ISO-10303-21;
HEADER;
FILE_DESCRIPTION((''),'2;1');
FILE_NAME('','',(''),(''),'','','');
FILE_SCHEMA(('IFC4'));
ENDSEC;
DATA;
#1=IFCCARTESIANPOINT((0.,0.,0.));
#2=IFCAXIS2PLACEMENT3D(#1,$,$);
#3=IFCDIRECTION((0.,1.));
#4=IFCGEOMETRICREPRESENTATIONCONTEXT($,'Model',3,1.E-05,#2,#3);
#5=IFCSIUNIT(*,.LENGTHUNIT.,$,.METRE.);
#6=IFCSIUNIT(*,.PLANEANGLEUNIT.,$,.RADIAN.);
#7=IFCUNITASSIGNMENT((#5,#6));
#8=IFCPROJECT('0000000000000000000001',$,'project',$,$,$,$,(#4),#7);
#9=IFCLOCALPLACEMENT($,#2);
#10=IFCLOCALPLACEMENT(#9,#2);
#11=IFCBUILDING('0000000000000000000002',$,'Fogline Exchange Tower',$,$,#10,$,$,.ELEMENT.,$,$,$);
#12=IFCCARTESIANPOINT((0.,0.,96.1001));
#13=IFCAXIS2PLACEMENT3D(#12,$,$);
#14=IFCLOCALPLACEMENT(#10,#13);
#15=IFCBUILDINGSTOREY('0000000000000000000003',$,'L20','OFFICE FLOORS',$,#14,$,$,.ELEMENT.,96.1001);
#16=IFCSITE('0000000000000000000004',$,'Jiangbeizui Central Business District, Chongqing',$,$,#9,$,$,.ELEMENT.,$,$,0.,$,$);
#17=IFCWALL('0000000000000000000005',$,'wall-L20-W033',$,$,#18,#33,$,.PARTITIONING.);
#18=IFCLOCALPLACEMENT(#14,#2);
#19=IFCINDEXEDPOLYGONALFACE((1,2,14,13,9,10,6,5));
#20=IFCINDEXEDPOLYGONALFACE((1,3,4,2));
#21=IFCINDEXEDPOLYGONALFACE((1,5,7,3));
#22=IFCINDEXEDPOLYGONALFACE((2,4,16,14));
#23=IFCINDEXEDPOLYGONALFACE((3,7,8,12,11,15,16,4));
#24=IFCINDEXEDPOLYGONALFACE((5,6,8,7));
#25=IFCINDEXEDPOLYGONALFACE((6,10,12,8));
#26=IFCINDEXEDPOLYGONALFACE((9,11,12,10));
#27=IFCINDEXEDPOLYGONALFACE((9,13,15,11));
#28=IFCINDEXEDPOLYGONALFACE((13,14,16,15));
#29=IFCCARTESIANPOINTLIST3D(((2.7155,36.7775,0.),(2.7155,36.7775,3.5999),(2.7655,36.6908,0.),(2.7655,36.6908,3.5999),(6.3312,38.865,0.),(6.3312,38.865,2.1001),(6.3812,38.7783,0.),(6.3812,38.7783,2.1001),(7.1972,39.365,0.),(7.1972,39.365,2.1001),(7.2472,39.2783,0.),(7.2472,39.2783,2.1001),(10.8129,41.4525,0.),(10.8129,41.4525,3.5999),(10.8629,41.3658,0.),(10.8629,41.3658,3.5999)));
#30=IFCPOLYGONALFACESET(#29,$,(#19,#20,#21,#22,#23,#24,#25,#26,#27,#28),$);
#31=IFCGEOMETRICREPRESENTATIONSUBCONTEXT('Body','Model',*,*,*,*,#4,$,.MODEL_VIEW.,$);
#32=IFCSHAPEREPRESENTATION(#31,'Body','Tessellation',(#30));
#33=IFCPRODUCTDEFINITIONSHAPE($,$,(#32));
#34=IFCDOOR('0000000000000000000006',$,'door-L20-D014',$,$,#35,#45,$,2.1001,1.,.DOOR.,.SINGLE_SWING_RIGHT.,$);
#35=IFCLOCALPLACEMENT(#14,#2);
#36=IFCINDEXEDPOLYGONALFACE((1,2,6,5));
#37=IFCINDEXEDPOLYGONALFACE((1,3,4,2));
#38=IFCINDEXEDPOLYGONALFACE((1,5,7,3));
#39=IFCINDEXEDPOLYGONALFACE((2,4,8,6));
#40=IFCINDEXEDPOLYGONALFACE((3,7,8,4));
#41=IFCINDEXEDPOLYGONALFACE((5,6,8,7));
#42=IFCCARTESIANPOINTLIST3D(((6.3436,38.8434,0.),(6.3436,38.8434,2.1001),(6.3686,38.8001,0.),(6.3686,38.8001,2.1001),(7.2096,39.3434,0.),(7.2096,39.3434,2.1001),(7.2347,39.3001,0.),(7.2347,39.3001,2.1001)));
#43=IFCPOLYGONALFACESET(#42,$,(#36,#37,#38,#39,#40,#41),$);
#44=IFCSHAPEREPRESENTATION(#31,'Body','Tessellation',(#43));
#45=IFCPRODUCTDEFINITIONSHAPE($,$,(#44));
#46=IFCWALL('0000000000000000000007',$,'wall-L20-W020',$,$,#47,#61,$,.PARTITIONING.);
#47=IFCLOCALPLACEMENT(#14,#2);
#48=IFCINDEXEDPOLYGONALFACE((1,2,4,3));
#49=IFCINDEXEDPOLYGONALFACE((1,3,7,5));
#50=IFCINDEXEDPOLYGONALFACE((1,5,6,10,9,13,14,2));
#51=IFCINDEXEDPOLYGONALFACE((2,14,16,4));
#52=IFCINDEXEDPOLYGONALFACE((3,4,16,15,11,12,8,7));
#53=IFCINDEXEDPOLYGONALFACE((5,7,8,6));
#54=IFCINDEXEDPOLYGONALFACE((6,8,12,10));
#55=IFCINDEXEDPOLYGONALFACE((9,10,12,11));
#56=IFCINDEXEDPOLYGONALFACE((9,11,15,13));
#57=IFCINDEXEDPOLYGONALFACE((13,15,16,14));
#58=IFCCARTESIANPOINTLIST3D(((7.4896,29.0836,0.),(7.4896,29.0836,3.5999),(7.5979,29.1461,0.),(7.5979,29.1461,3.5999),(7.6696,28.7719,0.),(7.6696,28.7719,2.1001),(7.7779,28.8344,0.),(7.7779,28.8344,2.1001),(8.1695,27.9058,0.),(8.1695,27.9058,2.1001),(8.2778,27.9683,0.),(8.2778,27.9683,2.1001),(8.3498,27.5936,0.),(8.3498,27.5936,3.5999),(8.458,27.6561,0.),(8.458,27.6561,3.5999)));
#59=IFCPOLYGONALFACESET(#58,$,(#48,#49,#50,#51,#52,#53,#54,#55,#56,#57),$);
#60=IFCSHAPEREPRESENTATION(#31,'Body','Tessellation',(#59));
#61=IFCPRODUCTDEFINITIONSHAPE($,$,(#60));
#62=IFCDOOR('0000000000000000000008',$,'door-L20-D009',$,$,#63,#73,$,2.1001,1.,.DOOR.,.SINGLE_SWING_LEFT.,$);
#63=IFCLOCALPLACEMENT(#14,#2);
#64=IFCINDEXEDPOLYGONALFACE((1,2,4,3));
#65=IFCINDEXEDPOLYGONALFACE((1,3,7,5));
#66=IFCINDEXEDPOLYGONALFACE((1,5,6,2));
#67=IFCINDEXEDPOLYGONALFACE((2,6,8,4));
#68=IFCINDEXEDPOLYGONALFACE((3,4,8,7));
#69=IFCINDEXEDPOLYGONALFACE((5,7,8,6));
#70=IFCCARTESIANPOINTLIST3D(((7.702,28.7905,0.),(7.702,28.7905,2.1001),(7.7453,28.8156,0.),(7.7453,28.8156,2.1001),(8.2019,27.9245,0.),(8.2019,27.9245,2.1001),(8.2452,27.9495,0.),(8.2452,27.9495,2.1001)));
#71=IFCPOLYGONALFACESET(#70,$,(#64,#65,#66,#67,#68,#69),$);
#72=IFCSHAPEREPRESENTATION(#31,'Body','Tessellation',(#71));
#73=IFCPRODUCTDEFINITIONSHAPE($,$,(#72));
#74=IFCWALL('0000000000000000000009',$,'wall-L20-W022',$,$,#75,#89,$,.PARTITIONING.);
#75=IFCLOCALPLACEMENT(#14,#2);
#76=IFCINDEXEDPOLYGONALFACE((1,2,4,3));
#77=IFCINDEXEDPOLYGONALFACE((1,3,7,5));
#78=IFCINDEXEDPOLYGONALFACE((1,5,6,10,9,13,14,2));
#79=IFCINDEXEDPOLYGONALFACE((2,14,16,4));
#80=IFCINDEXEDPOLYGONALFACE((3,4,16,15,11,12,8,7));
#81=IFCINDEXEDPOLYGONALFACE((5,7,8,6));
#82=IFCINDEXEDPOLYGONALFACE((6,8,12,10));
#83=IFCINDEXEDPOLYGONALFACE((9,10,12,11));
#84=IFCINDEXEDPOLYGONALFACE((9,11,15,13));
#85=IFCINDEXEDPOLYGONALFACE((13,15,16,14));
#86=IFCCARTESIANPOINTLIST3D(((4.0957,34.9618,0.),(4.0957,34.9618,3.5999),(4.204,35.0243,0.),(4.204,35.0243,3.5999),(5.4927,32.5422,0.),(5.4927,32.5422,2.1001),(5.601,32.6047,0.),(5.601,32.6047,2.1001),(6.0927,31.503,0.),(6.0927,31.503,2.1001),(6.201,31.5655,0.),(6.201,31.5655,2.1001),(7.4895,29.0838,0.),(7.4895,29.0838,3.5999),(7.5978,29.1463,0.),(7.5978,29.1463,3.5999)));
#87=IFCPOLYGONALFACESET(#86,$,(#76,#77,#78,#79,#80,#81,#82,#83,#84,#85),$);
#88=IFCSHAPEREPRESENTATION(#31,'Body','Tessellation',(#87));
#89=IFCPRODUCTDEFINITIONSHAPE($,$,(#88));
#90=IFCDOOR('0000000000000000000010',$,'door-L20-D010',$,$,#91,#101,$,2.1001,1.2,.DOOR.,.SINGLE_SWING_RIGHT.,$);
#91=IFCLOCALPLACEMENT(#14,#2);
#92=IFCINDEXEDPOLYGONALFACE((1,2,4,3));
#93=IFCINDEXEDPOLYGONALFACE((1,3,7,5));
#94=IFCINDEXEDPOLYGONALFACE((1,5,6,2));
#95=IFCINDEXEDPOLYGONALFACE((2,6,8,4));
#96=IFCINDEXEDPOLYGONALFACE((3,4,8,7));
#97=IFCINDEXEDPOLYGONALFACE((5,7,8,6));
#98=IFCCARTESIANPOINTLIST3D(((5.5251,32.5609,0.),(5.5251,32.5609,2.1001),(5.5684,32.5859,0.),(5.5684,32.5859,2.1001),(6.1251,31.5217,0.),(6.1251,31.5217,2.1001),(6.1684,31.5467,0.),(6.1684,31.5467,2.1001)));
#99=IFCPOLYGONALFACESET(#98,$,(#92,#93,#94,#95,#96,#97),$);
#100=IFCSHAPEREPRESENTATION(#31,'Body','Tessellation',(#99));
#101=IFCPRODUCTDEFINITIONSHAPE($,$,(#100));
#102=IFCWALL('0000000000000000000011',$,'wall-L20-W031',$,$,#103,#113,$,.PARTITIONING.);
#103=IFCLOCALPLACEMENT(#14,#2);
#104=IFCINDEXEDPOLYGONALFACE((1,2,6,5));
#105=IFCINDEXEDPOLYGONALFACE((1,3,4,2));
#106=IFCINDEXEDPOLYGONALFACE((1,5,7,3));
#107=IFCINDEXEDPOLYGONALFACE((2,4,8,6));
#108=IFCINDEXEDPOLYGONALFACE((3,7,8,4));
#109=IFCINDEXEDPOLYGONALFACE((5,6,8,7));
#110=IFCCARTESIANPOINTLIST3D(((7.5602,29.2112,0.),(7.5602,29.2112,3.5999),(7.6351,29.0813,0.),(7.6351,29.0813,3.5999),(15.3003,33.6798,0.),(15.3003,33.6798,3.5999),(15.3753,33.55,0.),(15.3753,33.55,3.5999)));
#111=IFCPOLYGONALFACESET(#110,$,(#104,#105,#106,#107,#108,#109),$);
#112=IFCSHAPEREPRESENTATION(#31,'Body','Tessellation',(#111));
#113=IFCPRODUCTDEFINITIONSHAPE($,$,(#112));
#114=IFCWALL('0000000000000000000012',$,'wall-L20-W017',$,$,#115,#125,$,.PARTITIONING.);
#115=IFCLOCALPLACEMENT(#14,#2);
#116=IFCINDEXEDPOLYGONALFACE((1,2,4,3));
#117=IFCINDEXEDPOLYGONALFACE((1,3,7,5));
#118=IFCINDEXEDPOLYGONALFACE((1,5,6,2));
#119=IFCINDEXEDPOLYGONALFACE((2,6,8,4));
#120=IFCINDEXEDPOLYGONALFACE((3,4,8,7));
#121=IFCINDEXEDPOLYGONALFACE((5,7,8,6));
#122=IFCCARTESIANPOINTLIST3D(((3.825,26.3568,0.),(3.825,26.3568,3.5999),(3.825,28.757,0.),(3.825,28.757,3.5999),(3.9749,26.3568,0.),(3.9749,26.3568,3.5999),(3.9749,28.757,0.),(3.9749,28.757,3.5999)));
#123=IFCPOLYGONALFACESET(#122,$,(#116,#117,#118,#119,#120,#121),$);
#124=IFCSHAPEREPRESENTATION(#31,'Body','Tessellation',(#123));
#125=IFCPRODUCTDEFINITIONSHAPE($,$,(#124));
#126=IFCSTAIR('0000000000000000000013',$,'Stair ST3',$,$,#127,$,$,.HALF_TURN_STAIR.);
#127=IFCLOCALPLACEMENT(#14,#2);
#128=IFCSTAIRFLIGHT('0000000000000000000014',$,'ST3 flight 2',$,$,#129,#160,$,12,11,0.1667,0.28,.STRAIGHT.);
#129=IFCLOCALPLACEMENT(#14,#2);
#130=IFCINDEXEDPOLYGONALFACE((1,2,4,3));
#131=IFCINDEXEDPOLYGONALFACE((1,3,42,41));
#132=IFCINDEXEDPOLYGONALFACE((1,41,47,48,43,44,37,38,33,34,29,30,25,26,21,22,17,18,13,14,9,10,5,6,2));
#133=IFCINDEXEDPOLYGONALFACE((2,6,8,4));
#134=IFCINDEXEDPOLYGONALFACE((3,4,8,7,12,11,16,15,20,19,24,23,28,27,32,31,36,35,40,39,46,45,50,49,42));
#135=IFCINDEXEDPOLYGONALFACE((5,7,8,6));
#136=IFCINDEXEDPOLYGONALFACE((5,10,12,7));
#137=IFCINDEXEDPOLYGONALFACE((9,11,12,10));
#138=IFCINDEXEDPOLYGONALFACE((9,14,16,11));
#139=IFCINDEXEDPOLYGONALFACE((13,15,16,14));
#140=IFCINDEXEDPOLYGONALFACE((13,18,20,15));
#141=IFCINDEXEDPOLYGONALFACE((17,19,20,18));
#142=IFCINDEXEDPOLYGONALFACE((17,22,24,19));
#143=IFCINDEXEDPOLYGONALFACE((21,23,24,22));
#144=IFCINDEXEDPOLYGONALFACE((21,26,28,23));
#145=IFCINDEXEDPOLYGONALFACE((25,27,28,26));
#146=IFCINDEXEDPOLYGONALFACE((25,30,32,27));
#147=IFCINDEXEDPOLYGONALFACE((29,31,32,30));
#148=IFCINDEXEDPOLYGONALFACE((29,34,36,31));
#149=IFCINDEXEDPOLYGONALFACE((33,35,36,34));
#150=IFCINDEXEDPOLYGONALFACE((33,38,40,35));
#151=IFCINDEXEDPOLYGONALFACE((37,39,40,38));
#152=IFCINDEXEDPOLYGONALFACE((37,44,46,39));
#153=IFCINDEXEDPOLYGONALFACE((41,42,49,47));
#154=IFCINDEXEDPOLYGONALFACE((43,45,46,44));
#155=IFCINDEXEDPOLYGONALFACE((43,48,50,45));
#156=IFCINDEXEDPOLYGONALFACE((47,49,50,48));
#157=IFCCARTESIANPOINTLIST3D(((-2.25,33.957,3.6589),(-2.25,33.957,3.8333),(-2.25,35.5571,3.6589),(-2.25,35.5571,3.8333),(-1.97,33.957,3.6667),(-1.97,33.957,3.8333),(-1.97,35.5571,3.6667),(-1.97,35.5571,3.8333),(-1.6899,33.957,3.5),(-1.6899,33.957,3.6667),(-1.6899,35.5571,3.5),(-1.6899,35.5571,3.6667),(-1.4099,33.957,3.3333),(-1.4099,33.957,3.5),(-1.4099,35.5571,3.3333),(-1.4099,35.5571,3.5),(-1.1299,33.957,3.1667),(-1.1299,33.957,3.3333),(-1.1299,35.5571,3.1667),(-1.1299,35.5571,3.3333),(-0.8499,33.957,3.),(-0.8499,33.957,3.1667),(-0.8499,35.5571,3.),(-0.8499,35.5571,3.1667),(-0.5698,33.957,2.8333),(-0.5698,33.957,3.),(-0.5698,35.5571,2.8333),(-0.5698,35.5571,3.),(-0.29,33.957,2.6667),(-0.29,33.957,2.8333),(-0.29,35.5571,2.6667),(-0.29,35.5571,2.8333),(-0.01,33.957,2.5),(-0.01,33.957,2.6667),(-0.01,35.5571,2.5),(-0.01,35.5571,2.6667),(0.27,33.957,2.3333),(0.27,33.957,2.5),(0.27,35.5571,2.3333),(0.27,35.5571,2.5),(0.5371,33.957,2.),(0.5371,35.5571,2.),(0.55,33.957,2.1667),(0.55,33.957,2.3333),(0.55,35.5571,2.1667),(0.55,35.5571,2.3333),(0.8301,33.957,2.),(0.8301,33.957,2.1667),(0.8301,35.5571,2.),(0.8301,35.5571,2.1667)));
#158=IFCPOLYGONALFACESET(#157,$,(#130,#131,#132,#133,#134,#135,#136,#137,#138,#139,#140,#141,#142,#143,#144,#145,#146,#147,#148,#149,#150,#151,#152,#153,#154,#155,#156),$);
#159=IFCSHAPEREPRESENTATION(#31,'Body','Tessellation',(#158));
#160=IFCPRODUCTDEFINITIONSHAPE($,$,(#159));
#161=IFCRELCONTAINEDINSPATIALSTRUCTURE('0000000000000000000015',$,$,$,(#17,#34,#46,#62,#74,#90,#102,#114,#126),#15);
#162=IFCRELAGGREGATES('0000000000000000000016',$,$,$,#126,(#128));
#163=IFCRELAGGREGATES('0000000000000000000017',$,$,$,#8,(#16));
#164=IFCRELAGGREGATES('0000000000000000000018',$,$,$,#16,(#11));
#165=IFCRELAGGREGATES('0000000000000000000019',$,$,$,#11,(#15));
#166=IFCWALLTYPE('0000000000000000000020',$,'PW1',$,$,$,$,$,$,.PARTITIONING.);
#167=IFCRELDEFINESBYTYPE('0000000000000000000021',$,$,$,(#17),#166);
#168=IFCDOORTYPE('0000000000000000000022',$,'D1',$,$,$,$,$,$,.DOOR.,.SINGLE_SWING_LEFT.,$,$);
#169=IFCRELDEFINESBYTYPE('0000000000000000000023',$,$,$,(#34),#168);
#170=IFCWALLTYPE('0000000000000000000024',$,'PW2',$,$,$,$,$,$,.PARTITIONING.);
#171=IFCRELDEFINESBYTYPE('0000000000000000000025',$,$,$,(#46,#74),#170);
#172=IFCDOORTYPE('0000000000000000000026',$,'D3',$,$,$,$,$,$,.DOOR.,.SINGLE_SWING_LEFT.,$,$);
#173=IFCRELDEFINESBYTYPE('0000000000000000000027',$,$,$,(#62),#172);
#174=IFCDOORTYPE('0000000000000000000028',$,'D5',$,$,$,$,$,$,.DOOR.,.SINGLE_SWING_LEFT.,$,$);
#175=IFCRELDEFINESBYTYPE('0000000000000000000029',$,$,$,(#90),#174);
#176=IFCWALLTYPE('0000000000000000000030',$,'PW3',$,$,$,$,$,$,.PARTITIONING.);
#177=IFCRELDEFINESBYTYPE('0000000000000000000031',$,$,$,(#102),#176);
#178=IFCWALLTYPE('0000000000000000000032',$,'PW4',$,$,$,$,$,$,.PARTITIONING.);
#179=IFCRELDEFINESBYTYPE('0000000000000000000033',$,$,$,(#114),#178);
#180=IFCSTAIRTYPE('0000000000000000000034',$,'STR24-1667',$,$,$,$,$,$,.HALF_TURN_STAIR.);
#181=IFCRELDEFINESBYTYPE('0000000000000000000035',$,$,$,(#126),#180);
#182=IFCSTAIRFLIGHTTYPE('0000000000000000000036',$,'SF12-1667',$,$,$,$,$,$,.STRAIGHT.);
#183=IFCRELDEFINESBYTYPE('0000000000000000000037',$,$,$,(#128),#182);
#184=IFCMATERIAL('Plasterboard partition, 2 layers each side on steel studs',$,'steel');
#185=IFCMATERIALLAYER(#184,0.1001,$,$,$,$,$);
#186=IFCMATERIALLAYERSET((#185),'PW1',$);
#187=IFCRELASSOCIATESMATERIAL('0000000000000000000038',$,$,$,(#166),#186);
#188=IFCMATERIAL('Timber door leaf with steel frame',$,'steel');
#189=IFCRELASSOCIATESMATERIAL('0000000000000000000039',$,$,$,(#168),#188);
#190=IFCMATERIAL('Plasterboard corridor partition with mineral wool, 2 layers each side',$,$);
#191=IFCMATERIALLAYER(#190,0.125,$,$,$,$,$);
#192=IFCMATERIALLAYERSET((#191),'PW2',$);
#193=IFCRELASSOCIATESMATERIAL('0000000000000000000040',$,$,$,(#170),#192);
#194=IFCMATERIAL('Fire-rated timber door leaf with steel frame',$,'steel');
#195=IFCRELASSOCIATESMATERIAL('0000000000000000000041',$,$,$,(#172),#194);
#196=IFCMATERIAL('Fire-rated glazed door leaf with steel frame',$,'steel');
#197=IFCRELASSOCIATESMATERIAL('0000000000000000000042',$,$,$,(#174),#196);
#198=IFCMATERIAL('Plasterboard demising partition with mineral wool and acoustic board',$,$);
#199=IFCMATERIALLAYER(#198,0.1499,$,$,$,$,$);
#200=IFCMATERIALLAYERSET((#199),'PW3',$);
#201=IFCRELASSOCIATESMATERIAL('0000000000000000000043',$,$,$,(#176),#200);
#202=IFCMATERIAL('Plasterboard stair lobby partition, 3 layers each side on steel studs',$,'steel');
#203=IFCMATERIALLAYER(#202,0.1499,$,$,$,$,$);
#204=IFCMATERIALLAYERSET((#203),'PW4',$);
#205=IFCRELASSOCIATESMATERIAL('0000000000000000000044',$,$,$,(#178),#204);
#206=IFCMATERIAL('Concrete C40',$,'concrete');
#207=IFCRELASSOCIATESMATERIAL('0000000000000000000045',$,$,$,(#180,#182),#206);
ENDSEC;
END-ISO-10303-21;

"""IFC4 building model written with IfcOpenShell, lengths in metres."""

from ifc_helpers import new_model, si_unit, direction, frame, frame_2d, origin, place, context, subcontext, project, spatial, polyline, rectangle, outline, extrude, material, layer, layer_set, type_object, element, fill, aggregate, save


model = new_model("IFC4")

# Units and contexts
model_context = context("Model", 3, precision=1e-05, world=origin(), true_north=direction((0.0, 1.0)))
body_context = subcontext(model_context, "Body", "Model", "MODEL_VIEW")
ifc_project = project(units=[si_unit("LENGTHUNIT", "METRE"), si_unit("PLANEANGLEUNIT", "RADIAN")], contexts=[model_context])

# Site, building, storey
site_placement = place(None, origin())
site = spatial("IfcSite", under=ifc_project, at=site_placement, Name="Jiangbeizui Central Business District, Chongqing", CompositionType="ELEMENT", RefElevation=0.0)
building_placement = place(site_placement, origin())
building = spatial("IfcBuilding", under=site, at=building_placement, Name="Fogline Exchange Tower", CompositionType="ELEMENT")
storey_placement = place(building_placement, frame((0.0, 0.0, 96.1001)))
storey = spatial("IfcBuildingStorey", under=building, at=storey_placement, Name="L20", Description="OFFICE FLOORS", CompositionType="ELEMENT", Elevation=96.1001)

# Shared definitions
ifc_material_1 = material(Name="Concrete C40", Category="concrete")

# Shared definitions
ifc_material_2 = material(Name="Plasterboard partition, 2 layers each side on steel studs", Category="steel")
ifc_layer_1 = layer(ifc_material_2, 0.1001)
ifc_layer_set_1 = layer_set([ifc_layer_1], Name="PW1")
wall_type_1 = type_object("IfcWallType", Name="PW1", PredefinedType="PARTITIONING", material=ifc_layer_set_1)

# Walls, openings, doors
wall_1_placement = place(storey_placement, frame((2.7405, 36.7341, 0.0), z_axis=(0.0, 0.0, 1.0), x_axis=(0.866025, 0.5, 0.0)))
wall_1 = element("IfcWall", 1, at=wall_1_placement, inside=storey, type_object=wall_type_1, Name="wall-L20-W033", PredefinedType="PARTITIONING", context=body_context, shape_type="SweptSolid", body=[
    extrude(rectangle(XDim=9.3501, YDim=0.1001, at=frame_2d((4.675, 0.0))), origin(), (0.0, 0.0, 1.0), 3.5999),
])
opening_1_placement = place(wall_1_placement, frame((4.175, 0.0, 0.0)))
opening_1 = element("IfcOpeningElement", 2, at=opening_1_placement, cuts=wall_1, PredefinedType="OPENING", context=body_context, shape_type="SweptSolid", body=[
    extrude(rectangle(XDim=1.0, YDim=2.1001, at=frame_2d((0.5, 1.05))), frame((0.0, 0.0601, 0.0), z_axis=(0.0, -1.0, 0.0), x_axis=(1.0, 0.0, 0.0)), (0.0, 0.0, 1.0), 0.1201),
])
ifc_material_3 = material(Name="Timber door leaf with steel frame", Category="steel")
door_type_1 = type_object("IfcDoorType", Name="D1", OperationType="SINGLE_SWING_LEFT", PredefinedType="DOOR", material=ifc_material_3)
door_1_placement = place(opening_1_placement, frame((1.0, 0.0, 0.0), z_axis=(0.0, 0.0, 1.0), x_axis=(-1.0, 0.0, 0.0)))
door_1 = element("IfcDoor", 3, at=door_1_placement, inside=storey, type_object=door_type_1, Name="door-L20-D014", OperationType="SINGLE_SWING_RIGHT", OverallHeight=2.1001, OverallWidth=1.0, PredefinedType="DOOR", context=body_context, shape_type="SweptSolid", body=[
    extrude(rectangle(XDim=1.0, YDim=2.1001, at=frame_2d((0.5, 1.05))), frame((0.0, 0.0249, 0.0), z_axis=(0.0, -1.0, 0.0), x_axis=(1.0, 0.0, 0.0)), (0.0, 0.0, 1.0), 0.05),
])
fill(opening_1, door_1)
ifc_material_4 = material(Name="Plasterboard corridor partition with mineral wool, 2 layers each side")
ifc_layer_2 = layer(ifc_material_4, 0.125)
ifc_layer_set_2 = layer_set([ifc_layer_2], Name="PW2")
wall_type_2 = type_object("IfcWallType", Name="PW2", PredefinedType="PARTITIONING", material=ifc_layer_set_2)
wall_2_placement = place(storey_placement, frame((7.5437, 29.115, 0.0), z_axis=(0.0, 0.0, 1.0), x_axis=(0.499939, -0.86606, 0.0)))
wall_2 = element("IfcWall", 4, at=wall_2_placement, inside=storey, type_object=wall_type_2, Name="wall-L20-W020", PredefinedType="PARTITIONING", context=body_context, shape_type="SweptSolid", body=[
    extrude(rectangle(XDim=1.7205, YDim=0.125, at=frame_2d((0.8604, 0.0))), origin(), (0.0, 0.0, 1.0), 3.5999),
])
opening_2_placement = place(wall_2_placement, frame((0.3601, 0.0, 0.0)))
opening_2 = element("IfcOpeningElement", 5, at=opening_2_placement, cuts=wall_2, PredefinedType="OPENING", context=body_context, shape_type="SweptSolid", body=[
    extrude(rectangle(XDim=1.0, YDim=2.1001, at=frame_2d((0.5, 1.05))), frame((0.0, 0.0725, 0.0), z_axis=(0.0, -1.0, 0.0), x_axis=(1.0, 0.0, 0.0)), (0.0, 0.0, 1.0), 0.145),
])
ifc_material_5 = material(Name="Fire-rated timber door leaf with steel frame", Category="steel")
door_type_2 = type_object("IfcDoorType", Name="D3", OperationType="SINGLE_SWING_LEFT", PredefinedType="DOOR", material=ifc_material_5)
door_2_placement = place(opening_2_placement, origin())
door_2 = element("IfcDoor", 6, at=door_2_placement, inside=storey, type_object=door_type_2, Name="door-L20-D009", OperationType="SINGLE_SWING_LEFT", OverallHeight=2.1001, OverallWidth=1.0, PredefinedType="DOOR", context=body_context, shape_type="SweptSolid", body=[
    extrude(rectangle(XDim=1.0, YDim=2.1001, at=frame_2d((0.5, 1.05))), frame((0.0, 0.0249, 0.0), z_axis=(0.0, -1.0, 0.0), x_axis=(1.0, 0.0, 0.0)), (0.0, 0.0, 1.0), 0.05),
])
fill(opening_2, door_2)
wall_3_placement = place(storey_placement, frame((4.1499, 34.9929, 0.0), z_axis=(0.0, 0.0, 1.0), x_axis=(0.500019, -0.866014, 0.0)))
wall_3 = element("IfcWall", 7, at=wall_3_placement, inside=storey, type_object=wall_type_2, Name="wall-L20-W022", PredefinedType="PARTITIONING", context=body_context, shape_type="SweptSolid", body=[
    extrude(rectangle(XDim=6.7874, YDim=0.125, at=frame_2d((3.3936, 0.0))), origin(), (0.0, 0.0, 1.0), 3.5999),
])
opening_3_placement = place(wall_3_placement, frame((2.7937, 0.0, 0.0)))
opening_3 = element("IfcOpeningElement", 8, at=opening_3_placement, cuts=wall_3, PredefinedType="OPENING", context=body_context, shape_type="SweptSolid", body=[
    extrude(rectangle(XDim=1.2, YDim=2.1001, at=frame_2d((0.6001, 1.05))), frame((0.0, 0.0725, 0.0), z_axis=(0.0, -1.0, 0.0), x_axis=(1.0, 0.0, 0.0)), (0.0, 0.0, 1.0), 0.145),
])
ifc_material_6 = material(Name="Fire-rated glazed door leaf with steel frame", Category="steel")
door_type_3 = type_object("IfcDoorType", Name="D5", OperationType="SINGLE_SWING_LEFT", PredefinedType="DOOR", material=ifc_material_6)
door_3_placement = place(opening_3_placement, origin())
door_3 = element("IfcDoor", 9, at=door_3_placement, inside=storey, type_object=door_type_3, Name="door-L20-D010", OperationType="SINGLE_SWING_RIGHT", OverallHeight=2.1001, OverallWidth=1.2, PredefinedType="DOOR", context=body_context, shape_type="SweptSolid", body=[
    extrude(rectangle(XDim=1.2, YDim=2.1001, at=frame_2d((0.6001, 1.05))), frame((0.0, 0.0249, 0.0), z_axis=(0.0, -1.0, 0.0), x_axis=(1.0, 0.0, 0.0)), (0.0, 0.0, 1.0), 0.05),
])
fill(opening_3, door_3)

# Walls
ifc_material_7 = material(Name="Plasterboard demising partition with mineral wool and acoustic board")
ifc_layer_3 = layer(ifc_material_7, 0.1499)
ifc_layer_set_3 = layer_set([ifc_layer_3], Name="PW3")
wall_type_3 = type_object("IfcWallType", Name="PW3", PredefinedType="PARTITIONING", material=ifc_layer_set_3)
wall_4_placement = place(storey_placement, frame((7.5977, 29.1462, 0.0), z_axis=(0.0, 0.0, 1.0), x_axis=(0.866029, 0.499994, 0.0)))
element("IfcWall", 10, at=wall_4_placement, inside=storey, type_object=wall_type_3, Name="wall-L20-W031", PredefinedType="PARTITIONING", context=body_context, shape_type="SweptSolid", body=[
    extrude(rectangle(XDim=8.9375, YDim=0.1499, at=frame_2d((4.4688, 0.0))), origin(), (0.0, 0.0, 1.0), 3.5999),
])
ifc_material_8 = material(Name="Plasterboard stair lobby partition, 3 layers each side on steel studs", Category="steel")
ifc_layer_4 = layer(ifc_material_8, 0.1499)
ifc_layer_set_4 = layer_set([ifc_layer_4], Name="PW4")
wall_type_4 = type_object("IfcWallType", Name="PW4", PredefinedType="PARTITIONING", material=ifc_layer_set_4)
wall_5_placement = place(storey_placement, frame((3.8999, 28.7571, 0.0), z_axis=(0.0, 0.0, 1.0), x_axis=(0.0, -1.0, 0.0)))
element("IfcWall", 11, at=wall_5_placement, inside=storey, type_object=wall_type_4, Name="wall-L20-W017", PredefinedType="PARTITIONING", context=body_context, shape_type="SweptSolid", body=[
    extrude(rectangle(XDim=2.4001, YDim=0.1499, at=frame_2d((1.2002, 0.0))), origin(), (0.0, 0.0, 1.0), 3.5999),
])

# Stair, stair flight
stair_type = type_object("IfcStairType", Name="STR24-1667", PredefinedType="HALF_TURN_STAIR", material=ifc_material_1)
stair_placement = place(storey_placement, origin())
stair = element("IfcStair", 12, at=stair_placement, inside=storey, type_object=stair_type, Name="Stair ST3", PredefinedType="HALF_TURN_STAIR")
stair_flight_type = type_object("IfcStairFlightType", Name="SF12-1667", PredefinedType="STRAIGHT", material=ifc_material_1)
stair_flight_placement = place(storey_placement, frame((0.8301, 34.7571, 2.0), z_axis=(0.0, 0.0, 1.0), x_axis=(-1.0, 0.0, 0.0)))
stair_flight = element("IfcStairFlight", 13, at=stair_flight_placement, type_object=stair_flight_type, Name="ST3 flight 2", NumberOfRisers=12, NumberOfTreads=11, PredefinedType="STRAIGHT", RiserHeight=0.1667, TreadLength=0.28, context=body_context, shape_type="SweptSolid", body=[
    extrude(outline(polyline([(0.0, 0.0), (0.0, 0.1667), (0.28, 0.1667), (0.28, 0.3333), (0.5601, 0.3333), (0.5601, 0.5), (0.8401, 0.5), (0.8401, 0.6667), (1.1201, 0.6667), (1.1201, 0.8333), (1.3999, 0.8333), (1.3999, 1.0), (1.6799, 1.0), (1.6799, 1.1667), (1.96, 1.1667), (1.96, 1.3333), (2.24, 1.3333), (2.24, 1.5), (2.52, 1.5), (2.52, 1.6667), (2.8, 1.6667), (2.8, 1.8333), (3.0801, 1.8333), (3.0801, 2.0), (3.0801, 1.6589), (0.293, 0.0), (0.0, 0.0)])), frame((0.0, 0.8, 0.0), z_axis=(0.0, -1.0, 0.0), x_axis=(1.0, 0.0, 0.0)), (0.0, 0.0, 1.0), 1.6001),
])
aggregate(stair, [stair_flight])

save(model, "model.ifc")
